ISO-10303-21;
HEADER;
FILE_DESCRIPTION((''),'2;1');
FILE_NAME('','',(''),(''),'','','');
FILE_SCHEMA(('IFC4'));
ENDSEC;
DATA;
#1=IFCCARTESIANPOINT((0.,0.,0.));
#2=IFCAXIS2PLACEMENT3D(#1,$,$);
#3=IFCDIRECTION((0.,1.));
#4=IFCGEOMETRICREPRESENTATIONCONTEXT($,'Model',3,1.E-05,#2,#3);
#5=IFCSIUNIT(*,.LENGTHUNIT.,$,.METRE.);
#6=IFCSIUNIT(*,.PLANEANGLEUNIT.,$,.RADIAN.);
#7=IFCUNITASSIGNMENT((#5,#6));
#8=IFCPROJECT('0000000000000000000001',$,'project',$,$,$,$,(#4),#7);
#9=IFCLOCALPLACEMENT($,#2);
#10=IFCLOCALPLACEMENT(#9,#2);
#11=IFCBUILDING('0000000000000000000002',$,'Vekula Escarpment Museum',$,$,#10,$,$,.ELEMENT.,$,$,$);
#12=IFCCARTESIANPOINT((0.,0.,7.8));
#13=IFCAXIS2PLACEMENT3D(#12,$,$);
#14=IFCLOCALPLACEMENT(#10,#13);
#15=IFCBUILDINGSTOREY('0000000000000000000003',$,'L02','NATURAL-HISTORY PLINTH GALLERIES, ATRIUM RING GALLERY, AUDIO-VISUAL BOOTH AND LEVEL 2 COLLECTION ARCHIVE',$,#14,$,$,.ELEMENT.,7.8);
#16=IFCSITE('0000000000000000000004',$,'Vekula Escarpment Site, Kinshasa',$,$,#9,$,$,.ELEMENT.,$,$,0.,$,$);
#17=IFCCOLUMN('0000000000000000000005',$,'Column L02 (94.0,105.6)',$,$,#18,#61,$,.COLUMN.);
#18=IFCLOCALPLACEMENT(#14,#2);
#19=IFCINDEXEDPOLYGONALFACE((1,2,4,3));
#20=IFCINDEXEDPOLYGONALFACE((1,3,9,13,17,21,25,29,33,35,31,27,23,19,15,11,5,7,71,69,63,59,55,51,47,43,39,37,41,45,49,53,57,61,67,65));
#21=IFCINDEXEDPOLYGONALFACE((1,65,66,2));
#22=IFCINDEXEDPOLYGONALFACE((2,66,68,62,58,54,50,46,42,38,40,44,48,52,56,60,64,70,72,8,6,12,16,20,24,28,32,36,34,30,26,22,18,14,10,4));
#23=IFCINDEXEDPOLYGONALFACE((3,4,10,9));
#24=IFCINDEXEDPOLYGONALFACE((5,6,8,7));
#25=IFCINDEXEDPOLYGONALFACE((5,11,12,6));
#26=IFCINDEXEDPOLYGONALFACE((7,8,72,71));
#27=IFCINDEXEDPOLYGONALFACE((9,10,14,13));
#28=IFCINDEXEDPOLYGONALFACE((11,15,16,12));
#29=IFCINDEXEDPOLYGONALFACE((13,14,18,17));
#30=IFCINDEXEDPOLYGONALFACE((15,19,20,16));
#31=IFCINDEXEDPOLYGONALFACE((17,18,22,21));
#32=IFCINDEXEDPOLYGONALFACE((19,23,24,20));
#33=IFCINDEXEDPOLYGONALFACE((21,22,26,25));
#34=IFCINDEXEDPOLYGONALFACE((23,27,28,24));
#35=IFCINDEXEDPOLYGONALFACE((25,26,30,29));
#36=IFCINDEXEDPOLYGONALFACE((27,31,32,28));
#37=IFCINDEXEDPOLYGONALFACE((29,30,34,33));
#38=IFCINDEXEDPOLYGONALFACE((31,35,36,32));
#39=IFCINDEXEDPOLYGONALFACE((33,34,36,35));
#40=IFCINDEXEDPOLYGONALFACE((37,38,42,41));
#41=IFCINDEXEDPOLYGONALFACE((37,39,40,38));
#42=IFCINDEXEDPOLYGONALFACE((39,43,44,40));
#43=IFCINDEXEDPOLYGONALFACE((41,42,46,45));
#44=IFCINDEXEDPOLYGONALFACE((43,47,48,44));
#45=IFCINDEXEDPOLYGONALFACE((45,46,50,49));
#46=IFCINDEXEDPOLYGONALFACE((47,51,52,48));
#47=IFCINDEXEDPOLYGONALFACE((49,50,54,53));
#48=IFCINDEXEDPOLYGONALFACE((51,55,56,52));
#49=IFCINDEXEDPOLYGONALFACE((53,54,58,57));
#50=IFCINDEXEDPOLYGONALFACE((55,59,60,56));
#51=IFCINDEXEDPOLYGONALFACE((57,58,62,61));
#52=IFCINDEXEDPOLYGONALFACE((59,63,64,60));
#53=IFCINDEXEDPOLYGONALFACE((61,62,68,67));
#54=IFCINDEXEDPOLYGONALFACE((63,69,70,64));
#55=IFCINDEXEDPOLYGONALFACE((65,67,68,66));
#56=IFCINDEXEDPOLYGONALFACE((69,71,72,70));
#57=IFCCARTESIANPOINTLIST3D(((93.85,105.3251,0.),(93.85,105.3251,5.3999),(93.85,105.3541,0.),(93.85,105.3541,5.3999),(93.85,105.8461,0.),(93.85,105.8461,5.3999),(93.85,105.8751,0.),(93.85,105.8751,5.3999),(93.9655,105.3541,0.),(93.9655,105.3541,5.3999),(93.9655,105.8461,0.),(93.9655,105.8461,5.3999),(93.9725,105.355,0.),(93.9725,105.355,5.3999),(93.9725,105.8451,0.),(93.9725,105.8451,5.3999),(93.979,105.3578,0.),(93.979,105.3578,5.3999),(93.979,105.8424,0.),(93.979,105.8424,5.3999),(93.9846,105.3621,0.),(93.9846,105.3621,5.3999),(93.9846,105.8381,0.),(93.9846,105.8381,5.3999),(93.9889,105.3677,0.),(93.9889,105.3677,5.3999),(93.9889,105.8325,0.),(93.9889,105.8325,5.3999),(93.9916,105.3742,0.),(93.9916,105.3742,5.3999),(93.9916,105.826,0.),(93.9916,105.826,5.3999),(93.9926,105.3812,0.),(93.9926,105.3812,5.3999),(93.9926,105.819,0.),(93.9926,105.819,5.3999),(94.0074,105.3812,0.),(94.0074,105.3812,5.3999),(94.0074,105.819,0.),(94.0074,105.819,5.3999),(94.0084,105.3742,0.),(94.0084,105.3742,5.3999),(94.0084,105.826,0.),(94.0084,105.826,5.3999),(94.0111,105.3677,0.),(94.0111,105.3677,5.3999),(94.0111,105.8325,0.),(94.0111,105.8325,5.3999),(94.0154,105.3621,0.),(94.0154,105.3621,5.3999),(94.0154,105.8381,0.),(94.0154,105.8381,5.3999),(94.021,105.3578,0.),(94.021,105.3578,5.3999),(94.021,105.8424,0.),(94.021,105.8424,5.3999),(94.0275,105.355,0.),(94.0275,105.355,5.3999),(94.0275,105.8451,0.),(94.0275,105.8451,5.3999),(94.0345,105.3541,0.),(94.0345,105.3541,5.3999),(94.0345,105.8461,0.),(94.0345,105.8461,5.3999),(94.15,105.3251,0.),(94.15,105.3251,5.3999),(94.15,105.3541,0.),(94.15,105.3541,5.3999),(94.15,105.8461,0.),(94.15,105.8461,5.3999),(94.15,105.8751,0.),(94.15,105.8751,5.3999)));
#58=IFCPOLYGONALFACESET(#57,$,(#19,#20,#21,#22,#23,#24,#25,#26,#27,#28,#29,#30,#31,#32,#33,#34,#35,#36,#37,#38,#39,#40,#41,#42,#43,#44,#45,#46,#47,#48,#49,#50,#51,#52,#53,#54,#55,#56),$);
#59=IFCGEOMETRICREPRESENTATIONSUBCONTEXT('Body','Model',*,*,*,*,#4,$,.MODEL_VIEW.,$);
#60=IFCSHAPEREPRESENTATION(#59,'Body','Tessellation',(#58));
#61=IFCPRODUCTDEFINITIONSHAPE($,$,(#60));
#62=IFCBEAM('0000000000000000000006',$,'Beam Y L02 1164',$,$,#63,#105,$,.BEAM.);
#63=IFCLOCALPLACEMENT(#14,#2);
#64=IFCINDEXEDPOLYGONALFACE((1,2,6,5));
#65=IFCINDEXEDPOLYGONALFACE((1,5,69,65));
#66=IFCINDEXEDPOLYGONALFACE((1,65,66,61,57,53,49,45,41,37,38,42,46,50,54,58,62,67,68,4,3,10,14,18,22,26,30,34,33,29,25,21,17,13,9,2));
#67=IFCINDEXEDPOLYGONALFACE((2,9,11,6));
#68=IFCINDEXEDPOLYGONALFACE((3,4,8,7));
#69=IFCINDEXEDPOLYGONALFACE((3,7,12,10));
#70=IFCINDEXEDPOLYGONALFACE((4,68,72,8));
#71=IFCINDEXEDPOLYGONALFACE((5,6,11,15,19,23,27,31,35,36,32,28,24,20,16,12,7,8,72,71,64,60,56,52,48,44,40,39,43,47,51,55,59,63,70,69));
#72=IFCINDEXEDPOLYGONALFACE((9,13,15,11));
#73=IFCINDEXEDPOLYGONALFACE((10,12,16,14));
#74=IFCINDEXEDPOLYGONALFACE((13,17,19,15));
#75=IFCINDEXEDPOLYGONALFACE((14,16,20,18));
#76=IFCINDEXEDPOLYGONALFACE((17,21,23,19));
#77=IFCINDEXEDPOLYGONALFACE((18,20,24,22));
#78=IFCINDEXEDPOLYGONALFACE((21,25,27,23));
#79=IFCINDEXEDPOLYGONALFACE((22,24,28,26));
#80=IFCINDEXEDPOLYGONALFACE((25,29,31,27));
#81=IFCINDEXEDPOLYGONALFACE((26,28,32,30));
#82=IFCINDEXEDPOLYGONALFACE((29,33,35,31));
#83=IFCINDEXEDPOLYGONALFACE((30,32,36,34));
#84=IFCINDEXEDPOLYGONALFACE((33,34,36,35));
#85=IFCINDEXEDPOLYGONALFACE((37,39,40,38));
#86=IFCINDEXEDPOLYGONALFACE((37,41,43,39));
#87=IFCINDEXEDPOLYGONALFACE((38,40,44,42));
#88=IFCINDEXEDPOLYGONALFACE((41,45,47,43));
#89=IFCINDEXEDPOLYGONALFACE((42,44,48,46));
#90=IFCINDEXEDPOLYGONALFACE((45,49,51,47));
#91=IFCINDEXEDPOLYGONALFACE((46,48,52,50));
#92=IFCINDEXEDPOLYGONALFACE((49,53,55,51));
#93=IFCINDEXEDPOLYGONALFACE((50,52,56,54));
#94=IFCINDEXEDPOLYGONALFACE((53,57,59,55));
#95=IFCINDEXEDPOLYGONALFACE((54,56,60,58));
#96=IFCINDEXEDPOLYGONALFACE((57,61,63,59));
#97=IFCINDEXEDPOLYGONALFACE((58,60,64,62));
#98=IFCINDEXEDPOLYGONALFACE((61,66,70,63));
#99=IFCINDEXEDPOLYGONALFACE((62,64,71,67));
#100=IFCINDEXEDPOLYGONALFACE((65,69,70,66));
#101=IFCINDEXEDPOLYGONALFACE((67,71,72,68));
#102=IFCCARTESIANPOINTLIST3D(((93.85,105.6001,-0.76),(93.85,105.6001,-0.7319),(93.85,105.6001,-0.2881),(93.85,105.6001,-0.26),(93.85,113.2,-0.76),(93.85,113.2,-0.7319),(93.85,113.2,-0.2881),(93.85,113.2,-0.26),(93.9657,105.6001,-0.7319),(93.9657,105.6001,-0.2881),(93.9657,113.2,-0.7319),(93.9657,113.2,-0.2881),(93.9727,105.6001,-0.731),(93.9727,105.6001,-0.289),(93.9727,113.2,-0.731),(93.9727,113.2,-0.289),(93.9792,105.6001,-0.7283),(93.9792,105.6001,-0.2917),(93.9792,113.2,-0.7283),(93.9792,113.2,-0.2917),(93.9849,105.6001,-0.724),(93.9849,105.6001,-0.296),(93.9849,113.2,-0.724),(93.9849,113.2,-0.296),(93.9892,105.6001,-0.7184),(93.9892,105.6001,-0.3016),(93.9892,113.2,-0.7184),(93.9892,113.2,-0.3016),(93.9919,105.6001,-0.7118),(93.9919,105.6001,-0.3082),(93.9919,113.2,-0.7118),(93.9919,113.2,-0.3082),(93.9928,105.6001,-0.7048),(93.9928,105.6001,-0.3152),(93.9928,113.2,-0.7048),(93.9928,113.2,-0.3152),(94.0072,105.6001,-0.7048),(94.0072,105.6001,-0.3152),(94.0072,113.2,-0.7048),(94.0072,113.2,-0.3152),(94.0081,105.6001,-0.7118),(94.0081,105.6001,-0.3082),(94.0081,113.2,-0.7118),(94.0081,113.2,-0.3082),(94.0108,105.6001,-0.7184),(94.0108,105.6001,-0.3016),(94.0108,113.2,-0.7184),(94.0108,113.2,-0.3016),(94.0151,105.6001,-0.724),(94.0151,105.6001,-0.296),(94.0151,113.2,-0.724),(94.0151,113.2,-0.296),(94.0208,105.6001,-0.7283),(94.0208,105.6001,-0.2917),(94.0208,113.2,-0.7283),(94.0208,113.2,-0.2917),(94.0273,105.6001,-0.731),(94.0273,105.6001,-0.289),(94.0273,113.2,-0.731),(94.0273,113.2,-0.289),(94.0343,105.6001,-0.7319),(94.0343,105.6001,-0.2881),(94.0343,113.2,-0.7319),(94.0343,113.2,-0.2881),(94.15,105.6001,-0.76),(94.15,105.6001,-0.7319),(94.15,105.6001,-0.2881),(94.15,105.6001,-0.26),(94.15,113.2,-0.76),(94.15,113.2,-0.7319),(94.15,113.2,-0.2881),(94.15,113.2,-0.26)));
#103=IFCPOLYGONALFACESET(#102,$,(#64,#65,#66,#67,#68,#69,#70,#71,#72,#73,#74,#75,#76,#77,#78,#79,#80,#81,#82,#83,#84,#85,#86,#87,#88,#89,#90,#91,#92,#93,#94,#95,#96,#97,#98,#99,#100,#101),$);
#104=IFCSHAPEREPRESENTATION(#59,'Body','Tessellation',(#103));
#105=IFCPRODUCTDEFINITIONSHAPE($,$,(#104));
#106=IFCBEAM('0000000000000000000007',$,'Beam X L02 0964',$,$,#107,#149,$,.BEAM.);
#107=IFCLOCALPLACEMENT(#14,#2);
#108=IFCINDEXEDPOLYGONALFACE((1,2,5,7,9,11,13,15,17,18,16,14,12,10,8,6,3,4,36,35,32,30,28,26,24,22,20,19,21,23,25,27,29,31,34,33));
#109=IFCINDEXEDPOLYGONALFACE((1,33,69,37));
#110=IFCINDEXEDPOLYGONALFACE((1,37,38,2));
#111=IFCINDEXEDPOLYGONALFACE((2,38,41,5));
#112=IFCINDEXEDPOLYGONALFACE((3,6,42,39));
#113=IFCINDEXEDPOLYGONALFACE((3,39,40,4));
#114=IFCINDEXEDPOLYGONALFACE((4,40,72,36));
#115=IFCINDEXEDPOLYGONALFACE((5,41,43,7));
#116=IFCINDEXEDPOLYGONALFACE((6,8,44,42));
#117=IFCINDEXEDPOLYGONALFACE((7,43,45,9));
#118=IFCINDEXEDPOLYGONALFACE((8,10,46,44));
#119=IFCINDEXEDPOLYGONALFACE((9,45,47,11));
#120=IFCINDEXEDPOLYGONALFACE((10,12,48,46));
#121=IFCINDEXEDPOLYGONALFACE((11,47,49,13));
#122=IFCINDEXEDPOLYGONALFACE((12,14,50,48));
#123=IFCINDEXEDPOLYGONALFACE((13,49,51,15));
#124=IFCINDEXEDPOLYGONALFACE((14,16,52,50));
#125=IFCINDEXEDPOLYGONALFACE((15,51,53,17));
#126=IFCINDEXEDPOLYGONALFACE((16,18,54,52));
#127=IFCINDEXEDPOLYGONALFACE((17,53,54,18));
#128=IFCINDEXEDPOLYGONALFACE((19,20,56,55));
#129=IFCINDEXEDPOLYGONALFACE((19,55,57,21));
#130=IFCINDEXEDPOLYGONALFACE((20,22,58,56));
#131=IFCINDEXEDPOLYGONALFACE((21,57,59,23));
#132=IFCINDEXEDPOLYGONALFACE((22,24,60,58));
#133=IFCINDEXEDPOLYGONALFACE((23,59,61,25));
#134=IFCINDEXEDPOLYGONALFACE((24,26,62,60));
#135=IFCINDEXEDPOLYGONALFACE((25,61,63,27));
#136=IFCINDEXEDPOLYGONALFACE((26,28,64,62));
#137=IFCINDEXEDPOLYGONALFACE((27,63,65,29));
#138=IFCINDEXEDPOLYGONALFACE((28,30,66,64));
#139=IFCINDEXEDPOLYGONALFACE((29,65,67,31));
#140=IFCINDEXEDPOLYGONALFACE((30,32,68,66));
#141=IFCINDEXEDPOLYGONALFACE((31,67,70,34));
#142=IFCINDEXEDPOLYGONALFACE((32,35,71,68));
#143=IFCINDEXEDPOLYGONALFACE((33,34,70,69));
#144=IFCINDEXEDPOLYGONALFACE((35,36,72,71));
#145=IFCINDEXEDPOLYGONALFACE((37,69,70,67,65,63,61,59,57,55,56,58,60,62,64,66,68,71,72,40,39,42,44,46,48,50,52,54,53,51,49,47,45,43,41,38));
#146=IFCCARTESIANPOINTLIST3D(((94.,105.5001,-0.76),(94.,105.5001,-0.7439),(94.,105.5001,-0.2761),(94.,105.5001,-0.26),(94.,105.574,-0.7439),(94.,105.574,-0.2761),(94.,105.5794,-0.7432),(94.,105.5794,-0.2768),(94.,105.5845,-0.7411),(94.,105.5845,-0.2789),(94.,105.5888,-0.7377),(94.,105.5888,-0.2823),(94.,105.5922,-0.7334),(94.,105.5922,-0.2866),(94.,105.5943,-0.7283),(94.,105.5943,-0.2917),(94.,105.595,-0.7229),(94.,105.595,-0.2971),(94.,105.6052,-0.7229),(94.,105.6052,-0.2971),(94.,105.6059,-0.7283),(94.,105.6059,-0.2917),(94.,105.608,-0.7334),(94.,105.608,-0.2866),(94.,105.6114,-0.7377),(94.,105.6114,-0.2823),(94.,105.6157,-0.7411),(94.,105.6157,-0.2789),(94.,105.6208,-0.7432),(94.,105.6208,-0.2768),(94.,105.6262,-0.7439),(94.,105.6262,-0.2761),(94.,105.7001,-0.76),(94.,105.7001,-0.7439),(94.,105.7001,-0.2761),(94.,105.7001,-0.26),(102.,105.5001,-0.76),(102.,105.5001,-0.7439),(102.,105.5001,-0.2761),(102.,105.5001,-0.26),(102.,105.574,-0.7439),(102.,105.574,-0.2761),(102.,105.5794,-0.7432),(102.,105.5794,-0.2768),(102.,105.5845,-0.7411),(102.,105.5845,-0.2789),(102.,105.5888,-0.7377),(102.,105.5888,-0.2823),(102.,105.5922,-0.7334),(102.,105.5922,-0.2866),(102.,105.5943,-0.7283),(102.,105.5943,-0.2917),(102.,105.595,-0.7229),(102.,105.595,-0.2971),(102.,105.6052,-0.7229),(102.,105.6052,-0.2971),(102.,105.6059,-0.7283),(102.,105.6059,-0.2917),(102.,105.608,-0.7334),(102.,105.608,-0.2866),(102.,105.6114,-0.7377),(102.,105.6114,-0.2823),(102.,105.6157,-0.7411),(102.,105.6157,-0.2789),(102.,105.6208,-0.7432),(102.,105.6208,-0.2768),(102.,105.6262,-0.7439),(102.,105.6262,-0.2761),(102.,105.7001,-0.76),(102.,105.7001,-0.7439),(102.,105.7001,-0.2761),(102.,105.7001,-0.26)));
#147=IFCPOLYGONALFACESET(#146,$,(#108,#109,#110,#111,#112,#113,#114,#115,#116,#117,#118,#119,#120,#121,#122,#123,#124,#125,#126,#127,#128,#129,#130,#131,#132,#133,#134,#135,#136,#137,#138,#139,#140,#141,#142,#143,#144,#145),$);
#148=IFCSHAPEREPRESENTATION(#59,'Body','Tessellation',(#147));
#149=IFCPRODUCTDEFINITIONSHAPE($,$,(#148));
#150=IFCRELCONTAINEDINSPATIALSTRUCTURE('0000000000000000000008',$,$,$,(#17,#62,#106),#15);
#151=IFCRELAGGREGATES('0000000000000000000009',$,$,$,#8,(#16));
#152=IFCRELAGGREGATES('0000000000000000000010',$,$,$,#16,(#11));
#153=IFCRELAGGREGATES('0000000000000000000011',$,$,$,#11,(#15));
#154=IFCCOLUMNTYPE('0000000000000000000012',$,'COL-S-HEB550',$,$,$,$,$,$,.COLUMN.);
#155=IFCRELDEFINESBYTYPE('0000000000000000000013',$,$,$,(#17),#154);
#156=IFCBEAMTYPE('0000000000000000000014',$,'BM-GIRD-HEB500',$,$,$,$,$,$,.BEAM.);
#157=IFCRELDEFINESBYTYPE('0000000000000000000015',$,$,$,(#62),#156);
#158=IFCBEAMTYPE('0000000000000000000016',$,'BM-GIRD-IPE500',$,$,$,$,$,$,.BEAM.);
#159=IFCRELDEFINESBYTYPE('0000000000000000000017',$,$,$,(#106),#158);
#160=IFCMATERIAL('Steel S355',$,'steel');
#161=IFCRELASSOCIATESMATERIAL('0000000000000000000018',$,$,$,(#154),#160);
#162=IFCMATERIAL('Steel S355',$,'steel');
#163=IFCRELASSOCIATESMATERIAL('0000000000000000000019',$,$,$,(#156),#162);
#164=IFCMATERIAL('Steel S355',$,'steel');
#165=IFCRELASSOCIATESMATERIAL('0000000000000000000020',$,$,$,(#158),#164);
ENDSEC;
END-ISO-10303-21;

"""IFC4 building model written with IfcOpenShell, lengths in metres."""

from ifc_helpers import new_model, si_unit, direction, frame, origin, origin_2d, place, context, subcontext, project, spatial, i_section, extrude, material, material_profile, profile_set, type_object, element, save


model = new_model("IFC4")

# Units and contexts
model_context = context("Model", 3, precision=1e-05, world=origin(), true_north=direction((0.0, 1.0)))
body_context = subcontext(model_context, "Body", "Model", "MODEL_VIEW")
ifc_project = project(units=[si_unit("LENGTHUNIT", "METRE"), si_unit("PLANEANGLEUNIT", "RADIAN")], contexts=[model_context])

# Site, building, storey
site_placement = place(None, origin())
site = spatial("IfcSite", under=ifc_project, at=site_placement, Name="Vekula Escarpment Site, Kinshasa", CompositionType="ELEMENT", RefElevation=0.0)
building_placement = place(site_placement, origin())
building = spatial("IfcBuilding", under=site, at=building_placement, Name="Vekula Escarpment Museum", CompositionType="ELEMENT")
storey_placement = place(building_placement, frame((0.0, 0.0, 7.8)))
storey = spatial("IfcBuildingStorey", under=building, at=storey_placement, Name="L02", Description="NATURAL-HISTORY PLINTH GALLERIES, ATRIUM RING GALLERY, AUDIO-VISUAL BOOTH AND LEVEL 2 COLLECTION ARCHIVE", CompositionType="ELEMENT", Elevation=7.8)

# Column
ifc_material_1 = material(Name="Steel S355", Category="steel")
ifc_material_profile_1 = material_profile(ifc_material_1, i_section(OverallWidth=0.3, OverallDepth=0.55, WebThickness=0.0149, FlangeThickness=0.0291, FilletRadius=0.0271, at=origin_2d()), Name="HEB 550")
ifc_profile_set_1 = profile_set([ifc_material_profile_1], Name="Steel S355")
column_type = type_object("IfcColumnType", Name="COL-S-HEB550", PredefinedType="COLUMN", material=ifc_profile_set_1)
column_placement = place(storey_placement, frame((94.0, 105.6001, 0.0), z_axis=(0.0, 0.0, 1.0), x_axis=(1.0, 0.0, 0.0)))
element("IfcColumn", 1, at=column_placement, inside=storey, type_object=column_type, Name="Column L02 (94.0,105.6)", PredefinedType="COLUMN", context=body_context, shape_type="SweptSolid", body=[
    extrude(i_section(OverallWidth=0.3, OverallDepth=0.55, WebThickness=0.0149, FlangeThickness=0.0291, FilletRadius=0.0271, at=origin_2d()), origin(), (0.0, 0.0, 1.0), 5.3999),
])

# Beams
ifc_material_2 = material(Name="Steel S355", Category="steel")
ifc_material_profile_2 = material_profile(ifc_material_2, i_section(OverallWidth=0.3, OverallDepth=0.5, WebThickness=0.0144, FlangeThickness=0.0281, FilletRadius=0.0271, at=origin_2d()), Name="HEB 500")
ifc_profile_set_2 = profile_set([ifc_material_profile_2], Name="Steel S355")
beam_type_1 = type_object("IfcBeamType", Name="BM-GIRD-HEB500", PredefinedType="BEAM", material=ifc_profile_set_2)
beam_1_placement = place(storey_placement, frame((94.0, 105.6001, -0.51), z_axis=(0.0, 1.0, 0.0), x_axis=(-1.0, 0.0, 0.0)))
element("IfcBeam", 2, at=beam_1_placement, inside=storey, type_object=beam_type_1, Name="Beam Y L02 1164", PredefinedType="BEAM", context=body_context, shape_type="SweptSolid", body=[
    extrude(i_section(OverallWidth=0.3, OverallDepth=0.5, WebThickness=0.0144, FlangeThickness=0.0281, FilletRadius=0.0271, at=origin_2d()), origin(), (0.0, 0.0, 1.0), 7.5999),
])
ifc_material_3 = material(Name="Steel S355", Category="steel")
ifc_material_profile_3 = material_profile(ifc_material_3, i_section(OverallWidth=0.2, OverallDepth=0.5, WebThickness=0.0103, FlangeThickness=0.0161, FilletRadius=0.021, at=origin_2d()), Name="IPE 500")
ifc_profile_set_3 = profile_set([ifc_material_profile_3], Name="Steel S355")
beam_type_2 = type_object("IfcBeamType", Name="BM-GIRD-IPE500", PredefinedType="BEAM", material=ifc_profile_set_3)
beam_2_placement = place(storey_placement, frame((94.0, 105.6001, -0.51), z_axis=(1.0, 0.0, 0.0), x_axis=(0.0, 1.0, 0.0)))
element("IfcBeam", 3, at=beam_2_placement, inside=storey, type_object=beam_type_2, Name="Beam X L02 0964", PredefinedType="BEAM", context=body_context, shape_type="SweptSolid", body=[
    extrude(i_section(OverallWidth=0.2, OverallDepth=0.5, WebThickness=0.0103, FlangeThickness=0.0161, FilletRadius=0.021, at=origin_2d()), origin(), (0.0, 0.0, 1.0), 8.0),
])

save(model, "model.ifc")
